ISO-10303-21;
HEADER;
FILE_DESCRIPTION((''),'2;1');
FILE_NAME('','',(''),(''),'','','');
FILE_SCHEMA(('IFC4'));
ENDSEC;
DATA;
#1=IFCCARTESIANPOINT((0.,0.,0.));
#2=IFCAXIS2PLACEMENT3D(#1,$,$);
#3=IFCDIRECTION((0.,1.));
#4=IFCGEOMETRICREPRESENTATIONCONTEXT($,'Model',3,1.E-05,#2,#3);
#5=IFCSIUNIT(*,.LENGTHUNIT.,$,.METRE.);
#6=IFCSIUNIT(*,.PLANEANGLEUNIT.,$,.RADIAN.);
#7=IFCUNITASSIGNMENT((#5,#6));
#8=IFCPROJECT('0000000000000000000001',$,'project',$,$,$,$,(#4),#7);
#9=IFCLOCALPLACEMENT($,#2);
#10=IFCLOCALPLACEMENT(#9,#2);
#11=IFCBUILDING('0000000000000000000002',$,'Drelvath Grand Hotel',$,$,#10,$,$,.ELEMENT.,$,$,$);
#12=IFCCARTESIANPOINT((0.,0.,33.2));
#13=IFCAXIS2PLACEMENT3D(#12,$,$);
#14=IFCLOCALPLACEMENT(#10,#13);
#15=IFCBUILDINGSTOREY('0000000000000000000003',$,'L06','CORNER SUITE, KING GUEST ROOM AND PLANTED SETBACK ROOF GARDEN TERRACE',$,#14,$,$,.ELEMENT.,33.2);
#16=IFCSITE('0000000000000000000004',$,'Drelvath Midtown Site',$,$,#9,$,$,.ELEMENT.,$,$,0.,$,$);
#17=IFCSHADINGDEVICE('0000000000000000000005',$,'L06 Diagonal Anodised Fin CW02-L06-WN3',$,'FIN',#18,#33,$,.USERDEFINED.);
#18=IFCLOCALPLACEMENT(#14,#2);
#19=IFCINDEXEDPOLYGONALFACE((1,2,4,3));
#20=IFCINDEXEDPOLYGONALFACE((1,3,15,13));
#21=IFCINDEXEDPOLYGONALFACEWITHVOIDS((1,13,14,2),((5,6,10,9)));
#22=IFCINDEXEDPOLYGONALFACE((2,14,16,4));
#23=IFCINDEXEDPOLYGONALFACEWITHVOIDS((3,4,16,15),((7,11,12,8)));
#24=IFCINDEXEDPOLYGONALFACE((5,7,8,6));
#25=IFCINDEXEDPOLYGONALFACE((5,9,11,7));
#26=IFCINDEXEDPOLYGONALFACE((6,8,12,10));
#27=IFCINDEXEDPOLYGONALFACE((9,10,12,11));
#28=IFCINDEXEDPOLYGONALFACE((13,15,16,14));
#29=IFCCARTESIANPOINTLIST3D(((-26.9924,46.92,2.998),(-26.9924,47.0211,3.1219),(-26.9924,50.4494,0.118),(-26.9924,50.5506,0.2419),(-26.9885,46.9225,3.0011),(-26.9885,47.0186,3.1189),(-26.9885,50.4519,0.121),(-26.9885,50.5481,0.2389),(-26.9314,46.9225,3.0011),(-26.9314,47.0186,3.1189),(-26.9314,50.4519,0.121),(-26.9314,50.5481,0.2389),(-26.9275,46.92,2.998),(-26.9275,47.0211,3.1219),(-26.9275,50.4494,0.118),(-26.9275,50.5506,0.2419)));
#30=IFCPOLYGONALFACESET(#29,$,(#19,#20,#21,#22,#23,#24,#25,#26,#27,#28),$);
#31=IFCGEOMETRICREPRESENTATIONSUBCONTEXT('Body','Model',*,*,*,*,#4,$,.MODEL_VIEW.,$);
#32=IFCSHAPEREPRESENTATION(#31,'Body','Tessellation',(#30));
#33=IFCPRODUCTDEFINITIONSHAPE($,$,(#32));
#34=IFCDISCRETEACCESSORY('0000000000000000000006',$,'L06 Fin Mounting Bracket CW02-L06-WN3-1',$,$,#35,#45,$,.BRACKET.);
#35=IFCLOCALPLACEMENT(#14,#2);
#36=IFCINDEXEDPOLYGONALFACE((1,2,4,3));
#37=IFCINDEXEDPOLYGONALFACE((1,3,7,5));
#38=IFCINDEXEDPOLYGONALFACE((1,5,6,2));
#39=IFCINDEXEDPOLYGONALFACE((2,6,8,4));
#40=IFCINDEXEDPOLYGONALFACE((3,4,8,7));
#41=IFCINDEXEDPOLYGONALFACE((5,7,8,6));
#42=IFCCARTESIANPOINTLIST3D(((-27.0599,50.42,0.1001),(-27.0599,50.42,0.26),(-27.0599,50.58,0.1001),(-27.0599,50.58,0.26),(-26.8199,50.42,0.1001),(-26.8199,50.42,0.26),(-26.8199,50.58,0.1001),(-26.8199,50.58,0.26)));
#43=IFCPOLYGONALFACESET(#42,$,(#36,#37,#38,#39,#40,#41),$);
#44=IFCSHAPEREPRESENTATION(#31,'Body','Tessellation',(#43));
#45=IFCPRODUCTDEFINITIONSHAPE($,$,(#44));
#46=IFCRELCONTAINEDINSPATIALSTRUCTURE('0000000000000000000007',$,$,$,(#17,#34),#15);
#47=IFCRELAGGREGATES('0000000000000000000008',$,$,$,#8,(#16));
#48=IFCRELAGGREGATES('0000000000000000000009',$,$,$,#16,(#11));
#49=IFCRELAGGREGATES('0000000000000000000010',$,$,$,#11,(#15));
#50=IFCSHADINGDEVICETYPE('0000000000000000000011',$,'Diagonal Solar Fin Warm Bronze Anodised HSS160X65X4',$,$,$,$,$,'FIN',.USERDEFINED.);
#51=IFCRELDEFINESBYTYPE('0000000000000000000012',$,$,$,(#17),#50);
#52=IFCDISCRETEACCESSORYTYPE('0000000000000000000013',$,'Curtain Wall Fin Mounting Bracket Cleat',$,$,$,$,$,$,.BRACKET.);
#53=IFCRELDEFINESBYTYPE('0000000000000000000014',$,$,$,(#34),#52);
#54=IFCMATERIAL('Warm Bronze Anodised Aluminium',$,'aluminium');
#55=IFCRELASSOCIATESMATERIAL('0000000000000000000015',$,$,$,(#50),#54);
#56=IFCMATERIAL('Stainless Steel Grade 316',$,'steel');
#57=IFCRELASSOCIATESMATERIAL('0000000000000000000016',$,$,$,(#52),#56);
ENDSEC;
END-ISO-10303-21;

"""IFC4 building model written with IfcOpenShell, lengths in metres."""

from ifc_helpers import new_model, si_unit, direction, frame, origin, origin_2d, place, context, subcontext, project, spatial, rectangle, hollow_rectangle, extrude, material, material_profile, profile_set, type_object, element, save


model = new_model("IFC4")

# Units and contexts
model_context = context("Model", 3, precision=1e-05, world=origin(), true_north=direction((0.0, 1.0)))
body_context = subcontext(model_context, "Body", "Model", "MODEL_VIEW")
ifc_project = project(units=[si_unit("LENGTHUNIT", "METRE"), si_unit("PLANEANGLEUNIT", "RADIAN")], contexts=[model_context])

# Site, building, storey
site_placement = place(None, origin())
site = spatial("IfcSite", under=ifc_project, at=site_placement, Name="Drelvath Midtown Site", CompositionType="ELEMENT", RefElevation=0.0)
building_placement = place(site_placement, origin())
building = spatial("IfcBuilding", under=site, at=building_placement, Name="Drelvath Grand Hotel", CompositionType="ELEMENT")
storey_placement = place(building_placement, frame((0.0, 0.0, 33.2)))
storey = spatial("IfcBuildingStorey", under=building, at=storey_placement, Name="L06", Description="CORNER SUITE, KING GUEST ROOM AND PLANTED SETBACK ROOF GARDEN TERRACE", CompositionType="ELEMENT", Elevation=33.2)

# Shading device
ifc_material_1 = material(Name="Warm Bronze Anodised Aluminium", Category="aluminium")
ifc_material_profile_1 = material_profile(ifc_material_1, hollow_rectangle(XDim=0.0649, YDim=0.1599, WallThickness=0.0039, at=origin_2d()), Name="HSS160X65X4")
ifc_profile_set_1 = profile_set([ifc_material_profile_1], Name="Warm Bronze Anodised Aluminium")
shading_device_type = type_object("IfcShadingDeviceType", Name="Diagonal Solar Fin Warm Bronze Anodised HSS160X65X4", ElementType="FIN", PredefinedType="USERDEFINED", material=ifc_profile_set_1)
shading_device_placement = place(storey_placement, frame((-26.96, 50.5, 0.1799), z_axis=(0.0, -0.774783, 0.632227), x_axis=(1.0, 0.0, 0.0)))
element("IfcShadingDevice", 1, at=shading_device_placement, inside=storey, type_object=shading_device_type, Name="L06 Diagonal Anodised Fin CW02-L06-WN3", ObjectType="FIN", PredefinedType="USERDEFINED", context=body_context, shape_type="SweptSolid", body=[
    extrude(hollow_rectangle(XDim=0.0649, YDim=0.1599, WallThickness=0.0039, at=origin_2d()), origin(), (0.0, 0.0, 1.0), 4.5554),
])

# Discrete accessory
ifc_material_2 = material(Name="Stainless Steel Grade 316", Category="steel")
discrete_accessory_type = type_object("IfcDiscreteAccessoryType", Name="Curtain Wall Fin Mounting Bracket Cleat", PredefinedType="BRACKET", material=ifc_material_2)
discrete_accessory_placement = place(storey_placement, frame((-26.9399, 50.5, 0.1001), z_axis=(0.0, 0.0, 1.0), x_axis=(0.0, 1.0, 0.0)))
element("IfcDiscreteAccessory", 2, at=discrete_accessory_placement, inside=storey, type_object=discrete_accessory_type, Name="L06 Fin Mounting Bracket CW02-L06-WN3-1", PredefinedType="BRACKET", context=body_context, shape_type="SweptSolid", body=[
    extrude(rectangle(XDim=0.1599, YDim=0.24, at=origin_2d()), origin(), (0.0, 0.0, 1.0), 0.1599),
])

save(model, "model.ifc")
